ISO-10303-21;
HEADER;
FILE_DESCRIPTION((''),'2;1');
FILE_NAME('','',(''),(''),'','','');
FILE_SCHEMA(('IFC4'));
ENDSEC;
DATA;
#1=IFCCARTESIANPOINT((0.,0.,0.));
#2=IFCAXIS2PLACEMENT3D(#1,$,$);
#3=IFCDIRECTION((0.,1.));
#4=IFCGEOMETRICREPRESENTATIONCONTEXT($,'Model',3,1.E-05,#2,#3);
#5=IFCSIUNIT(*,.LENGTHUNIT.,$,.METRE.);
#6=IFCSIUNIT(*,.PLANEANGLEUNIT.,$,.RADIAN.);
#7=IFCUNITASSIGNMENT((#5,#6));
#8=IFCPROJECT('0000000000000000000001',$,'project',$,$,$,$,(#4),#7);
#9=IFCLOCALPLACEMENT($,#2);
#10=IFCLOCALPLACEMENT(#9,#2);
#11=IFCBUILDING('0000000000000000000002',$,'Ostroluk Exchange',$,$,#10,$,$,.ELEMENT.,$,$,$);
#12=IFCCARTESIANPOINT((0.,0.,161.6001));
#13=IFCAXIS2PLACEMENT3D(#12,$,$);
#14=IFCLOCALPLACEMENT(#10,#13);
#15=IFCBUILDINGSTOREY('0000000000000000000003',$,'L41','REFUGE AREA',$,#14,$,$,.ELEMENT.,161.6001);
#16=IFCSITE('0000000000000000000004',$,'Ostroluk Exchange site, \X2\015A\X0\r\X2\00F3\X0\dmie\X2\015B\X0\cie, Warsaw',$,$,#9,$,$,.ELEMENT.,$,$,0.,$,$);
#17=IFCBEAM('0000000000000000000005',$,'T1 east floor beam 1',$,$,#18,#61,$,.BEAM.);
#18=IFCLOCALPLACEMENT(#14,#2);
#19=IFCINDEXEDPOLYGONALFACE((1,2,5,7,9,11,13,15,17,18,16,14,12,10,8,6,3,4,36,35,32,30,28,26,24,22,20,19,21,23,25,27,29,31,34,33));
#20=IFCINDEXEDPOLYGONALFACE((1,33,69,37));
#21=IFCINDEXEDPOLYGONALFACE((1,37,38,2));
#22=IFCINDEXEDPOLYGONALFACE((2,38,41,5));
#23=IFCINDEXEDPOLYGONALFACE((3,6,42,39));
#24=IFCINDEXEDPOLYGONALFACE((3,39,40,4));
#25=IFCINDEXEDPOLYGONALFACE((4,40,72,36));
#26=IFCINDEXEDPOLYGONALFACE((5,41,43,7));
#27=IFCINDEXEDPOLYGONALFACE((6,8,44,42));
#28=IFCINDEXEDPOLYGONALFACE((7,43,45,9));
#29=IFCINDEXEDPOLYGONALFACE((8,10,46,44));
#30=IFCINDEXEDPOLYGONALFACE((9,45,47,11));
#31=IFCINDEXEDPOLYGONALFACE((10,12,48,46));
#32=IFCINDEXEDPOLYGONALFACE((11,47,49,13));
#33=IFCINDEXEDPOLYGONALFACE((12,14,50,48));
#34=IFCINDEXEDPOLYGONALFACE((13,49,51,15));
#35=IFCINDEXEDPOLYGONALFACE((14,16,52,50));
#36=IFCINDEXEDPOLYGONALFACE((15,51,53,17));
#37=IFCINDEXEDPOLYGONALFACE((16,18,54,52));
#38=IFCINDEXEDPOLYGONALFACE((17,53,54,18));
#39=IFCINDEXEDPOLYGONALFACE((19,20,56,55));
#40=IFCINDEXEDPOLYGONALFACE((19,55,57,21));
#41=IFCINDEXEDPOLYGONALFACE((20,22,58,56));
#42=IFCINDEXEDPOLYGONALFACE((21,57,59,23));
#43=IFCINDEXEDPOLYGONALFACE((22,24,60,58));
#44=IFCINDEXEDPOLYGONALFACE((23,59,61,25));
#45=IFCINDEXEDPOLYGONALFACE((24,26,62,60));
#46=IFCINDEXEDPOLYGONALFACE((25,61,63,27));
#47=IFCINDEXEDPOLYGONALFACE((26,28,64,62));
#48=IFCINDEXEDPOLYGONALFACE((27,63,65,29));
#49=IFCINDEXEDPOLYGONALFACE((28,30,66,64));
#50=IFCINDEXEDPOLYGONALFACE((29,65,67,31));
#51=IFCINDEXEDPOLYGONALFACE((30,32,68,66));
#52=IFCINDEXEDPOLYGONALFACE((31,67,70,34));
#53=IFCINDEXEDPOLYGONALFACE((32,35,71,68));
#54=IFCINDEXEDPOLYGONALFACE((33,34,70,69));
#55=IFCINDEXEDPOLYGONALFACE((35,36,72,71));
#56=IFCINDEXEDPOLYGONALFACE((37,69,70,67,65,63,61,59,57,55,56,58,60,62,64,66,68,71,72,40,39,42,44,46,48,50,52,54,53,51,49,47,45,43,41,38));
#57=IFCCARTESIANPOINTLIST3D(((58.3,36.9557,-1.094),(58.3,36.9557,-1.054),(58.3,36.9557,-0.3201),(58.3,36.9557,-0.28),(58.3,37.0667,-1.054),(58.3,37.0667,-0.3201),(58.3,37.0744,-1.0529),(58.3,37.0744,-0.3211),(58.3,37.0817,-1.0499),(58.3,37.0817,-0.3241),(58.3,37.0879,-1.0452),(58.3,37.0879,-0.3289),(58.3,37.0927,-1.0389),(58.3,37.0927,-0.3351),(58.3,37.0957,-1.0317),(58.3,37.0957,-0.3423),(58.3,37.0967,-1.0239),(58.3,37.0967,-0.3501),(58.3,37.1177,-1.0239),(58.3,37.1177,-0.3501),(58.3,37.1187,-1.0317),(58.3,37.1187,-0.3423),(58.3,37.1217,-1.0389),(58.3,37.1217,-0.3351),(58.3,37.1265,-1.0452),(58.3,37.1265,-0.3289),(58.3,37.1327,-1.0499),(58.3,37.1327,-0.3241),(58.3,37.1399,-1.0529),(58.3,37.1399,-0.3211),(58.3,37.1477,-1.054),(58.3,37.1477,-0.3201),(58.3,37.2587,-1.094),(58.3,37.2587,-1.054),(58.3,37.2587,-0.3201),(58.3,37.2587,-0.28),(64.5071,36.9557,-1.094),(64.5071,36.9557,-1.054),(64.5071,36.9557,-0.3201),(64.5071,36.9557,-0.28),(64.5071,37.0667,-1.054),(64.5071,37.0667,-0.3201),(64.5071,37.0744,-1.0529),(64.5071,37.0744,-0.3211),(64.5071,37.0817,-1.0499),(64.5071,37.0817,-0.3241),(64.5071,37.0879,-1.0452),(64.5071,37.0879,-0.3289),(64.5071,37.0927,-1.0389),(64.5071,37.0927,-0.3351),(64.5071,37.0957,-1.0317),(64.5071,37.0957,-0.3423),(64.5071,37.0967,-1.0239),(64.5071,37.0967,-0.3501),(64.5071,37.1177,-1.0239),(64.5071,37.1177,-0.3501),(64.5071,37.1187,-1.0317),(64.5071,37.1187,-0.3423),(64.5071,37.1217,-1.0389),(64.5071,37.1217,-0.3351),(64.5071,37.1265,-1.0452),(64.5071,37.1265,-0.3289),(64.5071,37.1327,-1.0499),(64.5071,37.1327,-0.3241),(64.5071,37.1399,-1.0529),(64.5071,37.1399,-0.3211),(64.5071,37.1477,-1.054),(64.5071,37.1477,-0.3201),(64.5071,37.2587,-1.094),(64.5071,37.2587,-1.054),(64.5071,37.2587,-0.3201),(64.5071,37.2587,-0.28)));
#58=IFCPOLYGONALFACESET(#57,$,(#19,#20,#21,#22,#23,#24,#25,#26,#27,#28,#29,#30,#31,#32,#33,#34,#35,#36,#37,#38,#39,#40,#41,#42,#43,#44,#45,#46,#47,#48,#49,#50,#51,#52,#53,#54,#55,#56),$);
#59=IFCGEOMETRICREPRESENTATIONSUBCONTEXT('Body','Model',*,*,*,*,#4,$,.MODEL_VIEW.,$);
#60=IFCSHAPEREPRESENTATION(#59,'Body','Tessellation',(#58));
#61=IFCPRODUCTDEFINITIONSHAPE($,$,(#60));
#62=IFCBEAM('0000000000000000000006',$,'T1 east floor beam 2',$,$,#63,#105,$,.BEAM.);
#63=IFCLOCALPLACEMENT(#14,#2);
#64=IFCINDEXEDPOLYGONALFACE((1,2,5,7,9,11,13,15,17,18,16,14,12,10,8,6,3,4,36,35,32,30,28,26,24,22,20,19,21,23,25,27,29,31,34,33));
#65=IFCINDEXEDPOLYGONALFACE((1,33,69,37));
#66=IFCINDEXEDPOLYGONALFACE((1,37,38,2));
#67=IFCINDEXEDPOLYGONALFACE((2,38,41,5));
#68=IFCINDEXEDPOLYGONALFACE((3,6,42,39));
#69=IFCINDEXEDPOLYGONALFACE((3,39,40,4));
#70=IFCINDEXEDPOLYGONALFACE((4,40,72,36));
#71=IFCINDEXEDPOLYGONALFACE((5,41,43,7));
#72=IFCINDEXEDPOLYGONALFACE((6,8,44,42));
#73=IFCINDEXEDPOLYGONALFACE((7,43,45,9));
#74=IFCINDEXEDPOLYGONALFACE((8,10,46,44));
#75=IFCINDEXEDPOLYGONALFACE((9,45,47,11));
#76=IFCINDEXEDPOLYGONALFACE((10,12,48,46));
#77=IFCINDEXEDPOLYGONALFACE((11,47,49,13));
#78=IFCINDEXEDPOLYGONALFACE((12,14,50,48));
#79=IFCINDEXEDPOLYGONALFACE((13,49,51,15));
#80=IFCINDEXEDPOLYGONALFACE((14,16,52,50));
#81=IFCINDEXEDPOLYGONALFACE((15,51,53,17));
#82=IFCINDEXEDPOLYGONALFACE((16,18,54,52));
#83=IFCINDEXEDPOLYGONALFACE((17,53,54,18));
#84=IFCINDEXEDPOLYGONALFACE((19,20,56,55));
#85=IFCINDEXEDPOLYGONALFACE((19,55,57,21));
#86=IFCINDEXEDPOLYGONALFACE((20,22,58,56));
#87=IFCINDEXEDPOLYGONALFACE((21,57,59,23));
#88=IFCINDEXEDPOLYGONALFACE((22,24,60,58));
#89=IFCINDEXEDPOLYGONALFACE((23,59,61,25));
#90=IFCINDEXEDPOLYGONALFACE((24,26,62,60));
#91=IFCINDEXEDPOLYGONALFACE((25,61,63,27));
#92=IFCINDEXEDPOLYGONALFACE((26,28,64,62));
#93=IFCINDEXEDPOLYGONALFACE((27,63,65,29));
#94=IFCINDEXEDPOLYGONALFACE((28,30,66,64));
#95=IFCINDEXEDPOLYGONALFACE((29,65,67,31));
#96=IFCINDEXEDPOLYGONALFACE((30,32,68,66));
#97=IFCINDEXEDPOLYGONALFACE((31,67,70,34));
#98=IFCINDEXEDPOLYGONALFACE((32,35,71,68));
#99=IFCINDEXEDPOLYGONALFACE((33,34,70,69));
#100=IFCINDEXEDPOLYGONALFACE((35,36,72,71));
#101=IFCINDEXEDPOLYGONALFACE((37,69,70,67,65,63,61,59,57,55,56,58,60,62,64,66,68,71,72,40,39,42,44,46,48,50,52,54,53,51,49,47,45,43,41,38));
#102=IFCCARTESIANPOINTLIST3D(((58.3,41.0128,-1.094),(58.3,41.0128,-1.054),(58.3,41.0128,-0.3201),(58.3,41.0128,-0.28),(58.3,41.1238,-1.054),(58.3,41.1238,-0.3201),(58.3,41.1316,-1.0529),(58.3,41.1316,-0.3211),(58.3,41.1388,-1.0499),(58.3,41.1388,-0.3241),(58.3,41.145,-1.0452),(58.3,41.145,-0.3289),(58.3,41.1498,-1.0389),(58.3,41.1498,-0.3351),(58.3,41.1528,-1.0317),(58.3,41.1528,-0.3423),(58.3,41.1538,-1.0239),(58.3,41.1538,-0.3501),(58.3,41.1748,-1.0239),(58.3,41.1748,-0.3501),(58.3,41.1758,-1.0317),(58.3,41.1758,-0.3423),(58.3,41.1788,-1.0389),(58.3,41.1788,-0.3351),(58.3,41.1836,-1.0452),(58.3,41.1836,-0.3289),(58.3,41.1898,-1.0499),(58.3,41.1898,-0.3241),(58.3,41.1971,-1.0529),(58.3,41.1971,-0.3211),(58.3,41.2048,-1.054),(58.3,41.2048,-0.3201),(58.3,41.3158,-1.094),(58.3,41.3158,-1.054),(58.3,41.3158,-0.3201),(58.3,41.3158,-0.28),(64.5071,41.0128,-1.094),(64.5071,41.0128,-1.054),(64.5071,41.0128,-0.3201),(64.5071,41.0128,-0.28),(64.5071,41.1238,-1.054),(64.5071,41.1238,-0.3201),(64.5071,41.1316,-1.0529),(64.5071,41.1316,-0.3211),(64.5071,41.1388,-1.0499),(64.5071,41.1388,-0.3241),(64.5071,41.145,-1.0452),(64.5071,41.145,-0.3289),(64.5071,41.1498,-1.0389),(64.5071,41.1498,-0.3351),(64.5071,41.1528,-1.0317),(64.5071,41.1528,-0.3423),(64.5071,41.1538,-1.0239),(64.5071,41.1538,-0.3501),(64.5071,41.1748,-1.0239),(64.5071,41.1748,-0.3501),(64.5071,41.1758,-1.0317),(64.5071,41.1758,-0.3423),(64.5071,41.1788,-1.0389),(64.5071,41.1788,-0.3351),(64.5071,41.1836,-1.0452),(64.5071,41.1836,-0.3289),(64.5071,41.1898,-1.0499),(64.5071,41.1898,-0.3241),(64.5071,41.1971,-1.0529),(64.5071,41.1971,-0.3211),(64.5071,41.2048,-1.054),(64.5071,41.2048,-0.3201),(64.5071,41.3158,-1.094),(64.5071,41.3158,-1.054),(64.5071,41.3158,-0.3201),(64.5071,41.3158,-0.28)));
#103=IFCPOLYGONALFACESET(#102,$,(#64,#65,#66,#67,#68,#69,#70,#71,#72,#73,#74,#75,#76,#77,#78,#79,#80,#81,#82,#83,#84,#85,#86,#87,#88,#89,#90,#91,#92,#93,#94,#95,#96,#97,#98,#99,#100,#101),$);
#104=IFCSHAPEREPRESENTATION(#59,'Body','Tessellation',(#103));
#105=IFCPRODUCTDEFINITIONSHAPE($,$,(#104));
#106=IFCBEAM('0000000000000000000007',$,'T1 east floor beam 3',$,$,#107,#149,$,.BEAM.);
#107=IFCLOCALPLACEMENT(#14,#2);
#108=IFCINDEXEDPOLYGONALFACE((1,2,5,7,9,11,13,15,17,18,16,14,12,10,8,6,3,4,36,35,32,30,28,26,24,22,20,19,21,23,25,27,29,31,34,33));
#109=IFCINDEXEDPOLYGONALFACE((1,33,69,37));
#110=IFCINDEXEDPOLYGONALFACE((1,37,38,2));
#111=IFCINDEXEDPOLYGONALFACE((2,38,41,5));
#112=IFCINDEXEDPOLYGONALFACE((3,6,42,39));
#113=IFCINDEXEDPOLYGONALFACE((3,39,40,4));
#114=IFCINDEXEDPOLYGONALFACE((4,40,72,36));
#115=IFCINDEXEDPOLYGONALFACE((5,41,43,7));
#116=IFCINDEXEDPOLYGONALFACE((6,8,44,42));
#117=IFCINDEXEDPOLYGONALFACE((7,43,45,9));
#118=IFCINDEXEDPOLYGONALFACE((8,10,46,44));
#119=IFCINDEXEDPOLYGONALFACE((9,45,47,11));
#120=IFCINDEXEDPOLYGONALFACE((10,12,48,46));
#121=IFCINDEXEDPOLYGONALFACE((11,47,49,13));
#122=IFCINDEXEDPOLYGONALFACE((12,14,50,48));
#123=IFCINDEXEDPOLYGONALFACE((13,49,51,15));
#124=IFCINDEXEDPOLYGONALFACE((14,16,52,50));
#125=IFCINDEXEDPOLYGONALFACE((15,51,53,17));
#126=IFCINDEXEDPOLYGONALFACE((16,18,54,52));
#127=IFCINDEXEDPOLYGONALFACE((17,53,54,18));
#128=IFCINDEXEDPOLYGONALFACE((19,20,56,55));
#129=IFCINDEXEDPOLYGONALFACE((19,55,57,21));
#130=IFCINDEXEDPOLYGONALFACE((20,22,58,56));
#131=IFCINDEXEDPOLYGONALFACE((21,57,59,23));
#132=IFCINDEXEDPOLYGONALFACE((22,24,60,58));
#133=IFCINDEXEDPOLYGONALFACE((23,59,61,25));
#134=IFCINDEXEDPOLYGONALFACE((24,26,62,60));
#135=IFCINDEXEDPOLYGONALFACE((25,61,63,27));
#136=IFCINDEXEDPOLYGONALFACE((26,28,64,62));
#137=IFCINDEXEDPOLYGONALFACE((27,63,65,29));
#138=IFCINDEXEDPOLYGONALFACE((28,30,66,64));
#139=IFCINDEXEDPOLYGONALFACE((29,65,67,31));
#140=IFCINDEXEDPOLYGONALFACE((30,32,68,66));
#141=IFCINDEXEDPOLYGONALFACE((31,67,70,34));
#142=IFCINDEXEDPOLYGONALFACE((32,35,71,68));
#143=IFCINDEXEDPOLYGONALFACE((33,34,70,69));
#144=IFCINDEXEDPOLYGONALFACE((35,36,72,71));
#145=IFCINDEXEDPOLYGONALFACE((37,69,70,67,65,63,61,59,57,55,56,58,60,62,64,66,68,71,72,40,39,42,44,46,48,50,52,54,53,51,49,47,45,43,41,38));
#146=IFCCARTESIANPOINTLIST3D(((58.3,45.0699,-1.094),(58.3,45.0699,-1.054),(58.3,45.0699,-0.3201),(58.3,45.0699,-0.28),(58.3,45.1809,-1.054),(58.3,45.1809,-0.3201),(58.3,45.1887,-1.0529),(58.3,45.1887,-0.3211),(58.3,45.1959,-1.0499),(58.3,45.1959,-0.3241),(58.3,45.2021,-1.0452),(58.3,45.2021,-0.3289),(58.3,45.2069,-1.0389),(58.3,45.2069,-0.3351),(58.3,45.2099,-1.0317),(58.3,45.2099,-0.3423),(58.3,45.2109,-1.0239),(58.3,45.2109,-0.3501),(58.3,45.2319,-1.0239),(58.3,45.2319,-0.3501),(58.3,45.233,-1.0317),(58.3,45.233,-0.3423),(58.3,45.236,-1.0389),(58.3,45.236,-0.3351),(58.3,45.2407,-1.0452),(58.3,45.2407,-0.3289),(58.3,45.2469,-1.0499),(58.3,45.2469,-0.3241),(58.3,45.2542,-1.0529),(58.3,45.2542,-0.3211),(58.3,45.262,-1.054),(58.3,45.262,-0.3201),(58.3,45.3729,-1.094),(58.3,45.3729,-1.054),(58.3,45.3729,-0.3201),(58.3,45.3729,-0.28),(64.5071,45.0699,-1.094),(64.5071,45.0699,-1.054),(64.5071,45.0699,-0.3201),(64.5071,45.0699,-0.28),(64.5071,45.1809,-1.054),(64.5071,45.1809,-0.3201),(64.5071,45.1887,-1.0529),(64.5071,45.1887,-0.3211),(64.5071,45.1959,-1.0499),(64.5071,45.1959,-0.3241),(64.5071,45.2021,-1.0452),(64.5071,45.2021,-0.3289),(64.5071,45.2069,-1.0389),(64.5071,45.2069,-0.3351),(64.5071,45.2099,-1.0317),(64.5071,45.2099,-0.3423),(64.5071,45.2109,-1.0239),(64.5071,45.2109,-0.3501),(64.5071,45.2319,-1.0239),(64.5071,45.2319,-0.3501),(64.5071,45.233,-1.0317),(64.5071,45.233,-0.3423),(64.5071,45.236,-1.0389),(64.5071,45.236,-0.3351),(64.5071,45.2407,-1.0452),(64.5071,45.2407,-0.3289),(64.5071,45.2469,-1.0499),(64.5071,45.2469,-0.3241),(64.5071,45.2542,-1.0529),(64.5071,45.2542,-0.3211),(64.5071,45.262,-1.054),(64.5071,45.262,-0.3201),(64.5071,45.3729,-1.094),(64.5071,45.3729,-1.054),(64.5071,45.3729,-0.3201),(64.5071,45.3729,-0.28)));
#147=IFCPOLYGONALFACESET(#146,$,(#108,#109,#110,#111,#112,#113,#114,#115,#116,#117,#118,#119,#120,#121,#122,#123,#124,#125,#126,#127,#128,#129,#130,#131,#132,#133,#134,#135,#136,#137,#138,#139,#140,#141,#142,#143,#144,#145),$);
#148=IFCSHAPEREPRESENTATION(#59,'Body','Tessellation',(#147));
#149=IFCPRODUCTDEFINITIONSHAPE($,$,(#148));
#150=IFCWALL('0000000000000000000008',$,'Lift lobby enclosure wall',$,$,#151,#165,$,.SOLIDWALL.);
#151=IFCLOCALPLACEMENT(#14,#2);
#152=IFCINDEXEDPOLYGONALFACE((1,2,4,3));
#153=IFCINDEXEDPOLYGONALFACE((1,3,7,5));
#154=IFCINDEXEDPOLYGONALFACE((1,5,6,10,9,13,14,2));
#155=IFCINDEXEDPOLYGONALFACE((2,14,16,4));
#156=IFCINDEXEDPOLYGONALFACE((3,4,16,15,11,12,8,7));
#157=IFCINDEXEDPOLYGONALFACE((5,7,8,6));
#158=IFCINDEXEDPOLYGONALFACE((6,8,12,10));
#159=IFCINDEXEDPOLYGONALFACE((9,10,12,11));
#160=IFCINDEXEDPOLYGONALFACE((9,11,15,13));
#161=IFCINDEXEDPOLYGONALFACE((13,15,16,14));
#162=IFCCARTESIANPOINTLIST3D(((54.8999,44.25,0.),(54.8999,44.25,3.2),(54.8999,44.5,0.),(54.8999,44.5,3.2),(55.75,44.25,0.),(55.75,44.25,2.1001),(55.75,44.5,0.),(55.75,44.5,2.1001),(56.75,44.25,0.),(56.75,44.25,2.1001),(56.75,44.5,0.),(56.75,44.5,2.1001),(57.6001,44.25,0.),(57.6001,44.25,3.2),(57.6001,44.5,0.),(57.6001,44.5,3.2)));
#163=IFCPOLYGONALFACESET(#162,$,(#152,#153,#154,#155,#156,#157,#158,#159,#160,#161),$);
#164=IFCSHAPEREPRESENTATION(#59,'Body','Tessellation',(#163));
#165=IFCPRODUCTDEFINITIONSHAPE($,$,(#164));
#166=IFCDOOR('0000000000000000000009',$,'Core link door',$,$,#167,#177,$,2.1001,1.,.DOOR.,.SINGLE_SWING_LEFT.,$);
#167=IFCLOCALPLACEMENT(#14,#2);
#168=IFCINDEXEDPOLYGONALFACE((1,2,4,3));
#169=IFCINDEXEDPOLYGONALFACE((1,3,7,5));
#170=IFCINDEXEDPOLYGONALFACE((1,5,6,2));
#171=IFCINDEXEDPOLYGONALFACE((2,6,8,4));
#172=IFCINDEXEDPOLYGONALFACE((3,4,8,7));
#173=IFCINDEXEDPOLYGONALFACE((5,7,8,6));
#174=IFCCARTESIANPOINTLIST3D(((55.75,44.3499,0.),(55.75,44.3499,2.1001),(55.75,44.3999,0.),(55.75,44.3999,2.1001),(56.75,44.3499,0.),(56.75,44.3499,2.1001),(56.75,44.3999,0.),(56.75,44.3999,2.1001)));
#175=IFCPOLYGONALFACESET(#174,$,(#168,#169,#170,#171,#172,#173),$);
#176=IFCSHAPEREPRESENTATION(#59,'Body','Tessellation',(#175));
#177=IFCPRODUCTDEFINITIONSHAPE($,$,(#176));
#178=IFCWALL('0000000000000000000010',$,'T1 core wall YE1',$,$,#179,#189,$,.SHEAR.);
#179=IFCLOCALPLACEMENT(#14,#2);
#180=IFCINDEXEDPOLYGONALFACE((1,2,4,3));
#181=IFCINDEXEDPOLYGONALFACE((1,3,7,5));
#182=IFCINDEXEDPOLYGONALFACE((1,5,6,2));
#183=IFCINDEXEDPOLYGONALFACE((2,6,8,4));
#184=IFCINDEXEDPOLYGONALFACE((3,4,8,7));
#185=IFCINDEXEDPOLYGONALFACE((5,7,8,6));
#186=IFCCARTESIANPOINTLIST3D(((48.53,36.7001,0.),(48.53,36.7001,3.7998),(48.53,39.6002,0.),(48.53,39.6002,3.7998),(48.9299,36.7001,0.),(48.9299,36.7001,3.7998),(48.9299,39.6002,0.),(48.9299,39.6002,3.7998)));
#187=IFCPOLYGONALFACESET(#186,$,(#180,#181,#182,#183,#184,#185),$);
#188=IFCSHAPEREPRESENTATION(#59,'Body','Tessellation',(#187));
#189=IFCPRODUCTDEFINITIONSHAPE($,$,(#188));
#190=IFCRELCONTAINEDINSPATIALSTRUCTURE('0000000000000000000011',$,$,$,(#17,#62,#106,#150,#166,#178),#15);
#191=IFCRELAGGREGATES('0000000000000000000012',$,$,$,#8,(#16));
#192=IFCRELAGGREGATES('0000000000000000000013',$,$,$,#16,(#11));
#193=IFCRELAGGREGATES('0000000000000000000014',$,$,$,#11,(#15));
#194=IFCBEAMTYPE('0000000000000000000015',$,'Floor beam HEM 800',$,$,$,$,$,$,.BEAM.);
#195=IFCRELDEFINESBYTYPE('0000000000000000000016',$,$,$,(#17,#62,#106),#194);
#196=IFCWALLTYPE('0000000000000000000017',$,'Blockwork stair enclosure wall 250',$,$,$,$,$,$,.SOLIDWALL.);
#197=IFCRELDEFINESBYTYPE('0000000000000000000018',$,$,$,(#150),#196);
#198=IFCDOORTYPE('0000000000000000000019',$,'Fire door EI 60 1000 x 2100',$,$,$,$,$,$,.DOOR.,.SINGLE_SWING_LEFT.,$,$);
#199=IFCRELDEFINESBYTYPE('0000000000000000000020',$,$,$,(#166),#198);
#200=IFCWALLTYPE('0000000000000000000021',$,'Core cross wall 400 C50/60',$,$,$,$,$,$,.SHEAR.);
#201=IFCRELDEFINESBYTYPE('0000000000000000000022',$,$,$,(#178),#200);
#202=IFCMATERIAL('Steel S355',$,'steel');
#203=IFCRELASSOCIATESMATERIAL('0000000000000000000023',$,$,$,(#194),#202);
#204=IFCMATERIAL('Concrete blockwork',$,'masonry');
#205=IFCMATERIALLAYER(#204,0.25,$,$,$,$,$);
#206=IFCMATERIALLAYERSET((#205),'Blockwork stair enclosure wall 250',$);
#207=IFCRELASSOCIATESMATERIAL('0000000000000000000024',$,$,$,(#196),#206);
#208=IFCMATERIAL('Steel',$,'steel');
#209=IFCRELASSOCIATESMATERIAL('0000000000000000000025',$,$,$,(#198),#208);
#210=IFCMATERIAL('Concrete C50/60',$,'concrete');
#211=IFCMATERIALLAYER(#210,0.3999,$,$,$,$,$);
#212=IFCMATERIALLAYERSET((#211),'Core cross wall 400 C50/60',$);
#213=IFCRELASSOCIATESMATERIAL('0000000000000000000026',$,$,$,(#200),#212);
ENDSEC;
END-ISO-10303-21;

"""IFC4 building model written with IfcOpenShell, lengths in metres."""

from ifc_helpers import new_model, si_unit, direction, frame, frame_2d, origin, origin_2d, place, context, subcontext, project, spatial, rectangle, i_section, extrude, material, layer, layer_set, material_profile, profile_set, type_object, element, fill, save


model = new_model("IFC4")

# Units and contexts
model_context = context("Model", 3, precision=1e-05, world=origin(), true_north=direction((0.0, 1.0)))
body_context = subcontext(model_context, "Body", "Model", "MODEL_VIEW")
ifc_project = project(units=[si_unit("LENGTHUNIT", "METRE"), si_unit("PLANEANGLEUNIT", "RADIAN")], contexts=[model_context])

# Site, building, storey
site_placement = place(None, origin())
site = spatial("IfcSite", under=ifc_project, at=site_placement, Name="Ostroluk Exchange site, Śródmieście, Warsaw", CompositionType="ELEMENT", RefElevation=0.0)
building_placement = place(site_placement, origin())
building = spatial("IfcBuilding", under=site, at=building_placement, Name="Ostroluk Exchange", CompositionType="ELEMENT")
storey_placement = place(building_placement, frame((0.0, 0.0, 161.6001)))
storey = spatial("IfcBuildingStorey", under=building, at=storey_placement, Name="L41", Description="REFUGE AREA", CompositionType="ELEMENT", Elevation=161.6001)

# Beams
ifc_material_1 = material(Name="Steel S355", Category="steel")
ifc_material_profile = material_profile(ifc_material_1, i_section(OverallWidth=0.303, OverallDepth=0.814, WebThickness=0.021, FlangeThickness=0.04, FilletRadius=0.03, at=origin_2d()), Name="HEM 800")
ifc_profile_set = profile_set([ifc_material_profile], Name="Steel S355")
beam_type = type_object("IfcBeamType", Name="Floor beam HEM 800", PredefinedType="BEAM", material=ifc_profile_set)
for number, where, z_axis, x_axis, name in (
    (1, (58.3, 37.1072, -0.687), (1.0, 0.0, 0.0), (0.0, 1.0, 0.0), "T1 east floor beam 1"),
    (2, (58.3, 41.1643, -0.687), (1.0, 0.0, 0.0), (0.0, 1.0, 0.0), "T1 east floor beam 2"),
    (3, (58.3, 45.2214, -0.687), (1.0, 0.0, 0.0), (0.0, 1.0, 0.0), "T1 east floor beam 3"),
):
    element("IfcBeam", number, at=place(storey_placement, frame(where, z_axis=z_axis, x_axis=x_axis)), inside=storey, type_object=beam_type, Name=name, PredefinedType="BEAM", context=body_context, shape_type="SweptSolid", body=[
        extrude(i_section(OverallWidth=0.303, OverallDepth=0.814, WebThickness=0.021, FlangeThickness=0.04, FilletRadius=0.03, at=origin_2d()), origin(), (0.0, 0.0, 1.0), 6.207),
    ])

# Wall, opening, door
ifc_material_2 = material(Name="Concrete blockwork", Category="masonry")
ifc_layer_1 = layer(ifc_material_2, 0.25)
ifc_layer_set_1 = layer_set([ifc_layer_1], Name="Blockwork stair enclosure wall 250")
wall_type_1 = type_object("IfcWallType", Name="Blockwork stair enclosure wall 250", PredefinedType="SOLIDWALL", material=ifc_layer_set_1)
wall_1_placement = place(storey_placement, frame((54.8999, 44.375, 0.0), z_axis=(0.0, 0.0, 1.0), x_axis=(1.0, 0.0, 0.0)))
wall_1 = element("IfcWall", 4, at=wall_1_placement, inside=storey, type_object=wall_type_1, Name="Lift lobby enclosure wall", PredefinedType="SOLIDWALL", context=body_context, shape_type="SweptSolid", body=[
    extrude(rectangle(XDim=2.7002, YDim=0.25, at=frame_2d((1.3501, 0.0))), origin(), (0.0, 0.0, 1.0), 3.2),
])
opening_1_placement = place(wall_1_placement, frame((0.8501, 0.0, 0.0)))
opening_1 = element("IfcOpeningElement", 5, at=opening_1_placement, cuts=wall_1, PredefinedType="OPENING", context=body_context, shape_type="SweptSolid", body=[
    extrude(rectangle(XDim=1.0, YDim=2.1001, at=frame_2d((0.5, 1.05))), frame((0.0, 0.135, 0.0), z_axis=(0.0, -1.0, 0.0), x_axis=(1.0, 0.0, 0.0)), (0.0, 0.0, 1.0), 0.27),
])
ifc_material_3 = material(Name="Steel", Category="steel")
door_type_1 = type_object("IfcDoorType", Name="Fire door EI 60 1000 x 2100", OperationType="SINGLE_SWING_LEFT", PredefinedType="DOOR", material=ifc_material_3)
door_1_placement = place(opening_1_placement, origin())
door_1 = element("IfcDoor", 6, at=door_1_placement, inside=storey, type_object=door_type_1, Name="Core link door", OperationType="SINGLE_SWING_LEFT", OverallHeight=2.1001, OverallWidth=1.0, PredefinedType="DOOR", context=body_context, shape_type="SweptSolid", body=[
    extrude(rectangle(XDim=1.0, YDim=2.1001, at=frame_2d((0.5, 1.05))), frame((0.0, 0.0249, 0.0), z_axis=(0.0, -1.0, 0.0), x_axis=(1.0, 0.0, 0.0)), (0.0, 0.0, 1.0), 0.05),
])
fill(opening_1, door_1)

# Wall
ifc_material_4 = material(Name="Concrete C50/60", Category="concrete")
ifc_layer_2 = layer(ifc_material_4, 0.3999)
ifc_layer_set_2 = layer_set([ifc_layer_2], Name="Core cross wall 400 C50/60")
wall_type_2 = type_object("IfcWallType", Name="Core cross wall 400 C50/60", PredefinedType="SHEAR", material=ifc_layer_set_2)
wall_2_placement = place(storey_placement, frame((48.73, 36.7, 0.0), z_axis=(0.0, 0.0, 1.0), x_axis=(0.0, 1.0, 0.0)))
element("IfcWall", 7, at=wall_2_placement, inside=storey, type_object=wall_type_2, Name="T1 core wall YE1", PredefinedType="SHEAR", context=body_context, shape_type="SweptSolid", body=[
    extrude(rectangle(XDim=2.9001, YDim=0.3999, at=frame_2d((1.4502, 0.0))), origin(), (0.0, 0.0, 1.0), 3.7998),
])

save(model, "model.ifc")
